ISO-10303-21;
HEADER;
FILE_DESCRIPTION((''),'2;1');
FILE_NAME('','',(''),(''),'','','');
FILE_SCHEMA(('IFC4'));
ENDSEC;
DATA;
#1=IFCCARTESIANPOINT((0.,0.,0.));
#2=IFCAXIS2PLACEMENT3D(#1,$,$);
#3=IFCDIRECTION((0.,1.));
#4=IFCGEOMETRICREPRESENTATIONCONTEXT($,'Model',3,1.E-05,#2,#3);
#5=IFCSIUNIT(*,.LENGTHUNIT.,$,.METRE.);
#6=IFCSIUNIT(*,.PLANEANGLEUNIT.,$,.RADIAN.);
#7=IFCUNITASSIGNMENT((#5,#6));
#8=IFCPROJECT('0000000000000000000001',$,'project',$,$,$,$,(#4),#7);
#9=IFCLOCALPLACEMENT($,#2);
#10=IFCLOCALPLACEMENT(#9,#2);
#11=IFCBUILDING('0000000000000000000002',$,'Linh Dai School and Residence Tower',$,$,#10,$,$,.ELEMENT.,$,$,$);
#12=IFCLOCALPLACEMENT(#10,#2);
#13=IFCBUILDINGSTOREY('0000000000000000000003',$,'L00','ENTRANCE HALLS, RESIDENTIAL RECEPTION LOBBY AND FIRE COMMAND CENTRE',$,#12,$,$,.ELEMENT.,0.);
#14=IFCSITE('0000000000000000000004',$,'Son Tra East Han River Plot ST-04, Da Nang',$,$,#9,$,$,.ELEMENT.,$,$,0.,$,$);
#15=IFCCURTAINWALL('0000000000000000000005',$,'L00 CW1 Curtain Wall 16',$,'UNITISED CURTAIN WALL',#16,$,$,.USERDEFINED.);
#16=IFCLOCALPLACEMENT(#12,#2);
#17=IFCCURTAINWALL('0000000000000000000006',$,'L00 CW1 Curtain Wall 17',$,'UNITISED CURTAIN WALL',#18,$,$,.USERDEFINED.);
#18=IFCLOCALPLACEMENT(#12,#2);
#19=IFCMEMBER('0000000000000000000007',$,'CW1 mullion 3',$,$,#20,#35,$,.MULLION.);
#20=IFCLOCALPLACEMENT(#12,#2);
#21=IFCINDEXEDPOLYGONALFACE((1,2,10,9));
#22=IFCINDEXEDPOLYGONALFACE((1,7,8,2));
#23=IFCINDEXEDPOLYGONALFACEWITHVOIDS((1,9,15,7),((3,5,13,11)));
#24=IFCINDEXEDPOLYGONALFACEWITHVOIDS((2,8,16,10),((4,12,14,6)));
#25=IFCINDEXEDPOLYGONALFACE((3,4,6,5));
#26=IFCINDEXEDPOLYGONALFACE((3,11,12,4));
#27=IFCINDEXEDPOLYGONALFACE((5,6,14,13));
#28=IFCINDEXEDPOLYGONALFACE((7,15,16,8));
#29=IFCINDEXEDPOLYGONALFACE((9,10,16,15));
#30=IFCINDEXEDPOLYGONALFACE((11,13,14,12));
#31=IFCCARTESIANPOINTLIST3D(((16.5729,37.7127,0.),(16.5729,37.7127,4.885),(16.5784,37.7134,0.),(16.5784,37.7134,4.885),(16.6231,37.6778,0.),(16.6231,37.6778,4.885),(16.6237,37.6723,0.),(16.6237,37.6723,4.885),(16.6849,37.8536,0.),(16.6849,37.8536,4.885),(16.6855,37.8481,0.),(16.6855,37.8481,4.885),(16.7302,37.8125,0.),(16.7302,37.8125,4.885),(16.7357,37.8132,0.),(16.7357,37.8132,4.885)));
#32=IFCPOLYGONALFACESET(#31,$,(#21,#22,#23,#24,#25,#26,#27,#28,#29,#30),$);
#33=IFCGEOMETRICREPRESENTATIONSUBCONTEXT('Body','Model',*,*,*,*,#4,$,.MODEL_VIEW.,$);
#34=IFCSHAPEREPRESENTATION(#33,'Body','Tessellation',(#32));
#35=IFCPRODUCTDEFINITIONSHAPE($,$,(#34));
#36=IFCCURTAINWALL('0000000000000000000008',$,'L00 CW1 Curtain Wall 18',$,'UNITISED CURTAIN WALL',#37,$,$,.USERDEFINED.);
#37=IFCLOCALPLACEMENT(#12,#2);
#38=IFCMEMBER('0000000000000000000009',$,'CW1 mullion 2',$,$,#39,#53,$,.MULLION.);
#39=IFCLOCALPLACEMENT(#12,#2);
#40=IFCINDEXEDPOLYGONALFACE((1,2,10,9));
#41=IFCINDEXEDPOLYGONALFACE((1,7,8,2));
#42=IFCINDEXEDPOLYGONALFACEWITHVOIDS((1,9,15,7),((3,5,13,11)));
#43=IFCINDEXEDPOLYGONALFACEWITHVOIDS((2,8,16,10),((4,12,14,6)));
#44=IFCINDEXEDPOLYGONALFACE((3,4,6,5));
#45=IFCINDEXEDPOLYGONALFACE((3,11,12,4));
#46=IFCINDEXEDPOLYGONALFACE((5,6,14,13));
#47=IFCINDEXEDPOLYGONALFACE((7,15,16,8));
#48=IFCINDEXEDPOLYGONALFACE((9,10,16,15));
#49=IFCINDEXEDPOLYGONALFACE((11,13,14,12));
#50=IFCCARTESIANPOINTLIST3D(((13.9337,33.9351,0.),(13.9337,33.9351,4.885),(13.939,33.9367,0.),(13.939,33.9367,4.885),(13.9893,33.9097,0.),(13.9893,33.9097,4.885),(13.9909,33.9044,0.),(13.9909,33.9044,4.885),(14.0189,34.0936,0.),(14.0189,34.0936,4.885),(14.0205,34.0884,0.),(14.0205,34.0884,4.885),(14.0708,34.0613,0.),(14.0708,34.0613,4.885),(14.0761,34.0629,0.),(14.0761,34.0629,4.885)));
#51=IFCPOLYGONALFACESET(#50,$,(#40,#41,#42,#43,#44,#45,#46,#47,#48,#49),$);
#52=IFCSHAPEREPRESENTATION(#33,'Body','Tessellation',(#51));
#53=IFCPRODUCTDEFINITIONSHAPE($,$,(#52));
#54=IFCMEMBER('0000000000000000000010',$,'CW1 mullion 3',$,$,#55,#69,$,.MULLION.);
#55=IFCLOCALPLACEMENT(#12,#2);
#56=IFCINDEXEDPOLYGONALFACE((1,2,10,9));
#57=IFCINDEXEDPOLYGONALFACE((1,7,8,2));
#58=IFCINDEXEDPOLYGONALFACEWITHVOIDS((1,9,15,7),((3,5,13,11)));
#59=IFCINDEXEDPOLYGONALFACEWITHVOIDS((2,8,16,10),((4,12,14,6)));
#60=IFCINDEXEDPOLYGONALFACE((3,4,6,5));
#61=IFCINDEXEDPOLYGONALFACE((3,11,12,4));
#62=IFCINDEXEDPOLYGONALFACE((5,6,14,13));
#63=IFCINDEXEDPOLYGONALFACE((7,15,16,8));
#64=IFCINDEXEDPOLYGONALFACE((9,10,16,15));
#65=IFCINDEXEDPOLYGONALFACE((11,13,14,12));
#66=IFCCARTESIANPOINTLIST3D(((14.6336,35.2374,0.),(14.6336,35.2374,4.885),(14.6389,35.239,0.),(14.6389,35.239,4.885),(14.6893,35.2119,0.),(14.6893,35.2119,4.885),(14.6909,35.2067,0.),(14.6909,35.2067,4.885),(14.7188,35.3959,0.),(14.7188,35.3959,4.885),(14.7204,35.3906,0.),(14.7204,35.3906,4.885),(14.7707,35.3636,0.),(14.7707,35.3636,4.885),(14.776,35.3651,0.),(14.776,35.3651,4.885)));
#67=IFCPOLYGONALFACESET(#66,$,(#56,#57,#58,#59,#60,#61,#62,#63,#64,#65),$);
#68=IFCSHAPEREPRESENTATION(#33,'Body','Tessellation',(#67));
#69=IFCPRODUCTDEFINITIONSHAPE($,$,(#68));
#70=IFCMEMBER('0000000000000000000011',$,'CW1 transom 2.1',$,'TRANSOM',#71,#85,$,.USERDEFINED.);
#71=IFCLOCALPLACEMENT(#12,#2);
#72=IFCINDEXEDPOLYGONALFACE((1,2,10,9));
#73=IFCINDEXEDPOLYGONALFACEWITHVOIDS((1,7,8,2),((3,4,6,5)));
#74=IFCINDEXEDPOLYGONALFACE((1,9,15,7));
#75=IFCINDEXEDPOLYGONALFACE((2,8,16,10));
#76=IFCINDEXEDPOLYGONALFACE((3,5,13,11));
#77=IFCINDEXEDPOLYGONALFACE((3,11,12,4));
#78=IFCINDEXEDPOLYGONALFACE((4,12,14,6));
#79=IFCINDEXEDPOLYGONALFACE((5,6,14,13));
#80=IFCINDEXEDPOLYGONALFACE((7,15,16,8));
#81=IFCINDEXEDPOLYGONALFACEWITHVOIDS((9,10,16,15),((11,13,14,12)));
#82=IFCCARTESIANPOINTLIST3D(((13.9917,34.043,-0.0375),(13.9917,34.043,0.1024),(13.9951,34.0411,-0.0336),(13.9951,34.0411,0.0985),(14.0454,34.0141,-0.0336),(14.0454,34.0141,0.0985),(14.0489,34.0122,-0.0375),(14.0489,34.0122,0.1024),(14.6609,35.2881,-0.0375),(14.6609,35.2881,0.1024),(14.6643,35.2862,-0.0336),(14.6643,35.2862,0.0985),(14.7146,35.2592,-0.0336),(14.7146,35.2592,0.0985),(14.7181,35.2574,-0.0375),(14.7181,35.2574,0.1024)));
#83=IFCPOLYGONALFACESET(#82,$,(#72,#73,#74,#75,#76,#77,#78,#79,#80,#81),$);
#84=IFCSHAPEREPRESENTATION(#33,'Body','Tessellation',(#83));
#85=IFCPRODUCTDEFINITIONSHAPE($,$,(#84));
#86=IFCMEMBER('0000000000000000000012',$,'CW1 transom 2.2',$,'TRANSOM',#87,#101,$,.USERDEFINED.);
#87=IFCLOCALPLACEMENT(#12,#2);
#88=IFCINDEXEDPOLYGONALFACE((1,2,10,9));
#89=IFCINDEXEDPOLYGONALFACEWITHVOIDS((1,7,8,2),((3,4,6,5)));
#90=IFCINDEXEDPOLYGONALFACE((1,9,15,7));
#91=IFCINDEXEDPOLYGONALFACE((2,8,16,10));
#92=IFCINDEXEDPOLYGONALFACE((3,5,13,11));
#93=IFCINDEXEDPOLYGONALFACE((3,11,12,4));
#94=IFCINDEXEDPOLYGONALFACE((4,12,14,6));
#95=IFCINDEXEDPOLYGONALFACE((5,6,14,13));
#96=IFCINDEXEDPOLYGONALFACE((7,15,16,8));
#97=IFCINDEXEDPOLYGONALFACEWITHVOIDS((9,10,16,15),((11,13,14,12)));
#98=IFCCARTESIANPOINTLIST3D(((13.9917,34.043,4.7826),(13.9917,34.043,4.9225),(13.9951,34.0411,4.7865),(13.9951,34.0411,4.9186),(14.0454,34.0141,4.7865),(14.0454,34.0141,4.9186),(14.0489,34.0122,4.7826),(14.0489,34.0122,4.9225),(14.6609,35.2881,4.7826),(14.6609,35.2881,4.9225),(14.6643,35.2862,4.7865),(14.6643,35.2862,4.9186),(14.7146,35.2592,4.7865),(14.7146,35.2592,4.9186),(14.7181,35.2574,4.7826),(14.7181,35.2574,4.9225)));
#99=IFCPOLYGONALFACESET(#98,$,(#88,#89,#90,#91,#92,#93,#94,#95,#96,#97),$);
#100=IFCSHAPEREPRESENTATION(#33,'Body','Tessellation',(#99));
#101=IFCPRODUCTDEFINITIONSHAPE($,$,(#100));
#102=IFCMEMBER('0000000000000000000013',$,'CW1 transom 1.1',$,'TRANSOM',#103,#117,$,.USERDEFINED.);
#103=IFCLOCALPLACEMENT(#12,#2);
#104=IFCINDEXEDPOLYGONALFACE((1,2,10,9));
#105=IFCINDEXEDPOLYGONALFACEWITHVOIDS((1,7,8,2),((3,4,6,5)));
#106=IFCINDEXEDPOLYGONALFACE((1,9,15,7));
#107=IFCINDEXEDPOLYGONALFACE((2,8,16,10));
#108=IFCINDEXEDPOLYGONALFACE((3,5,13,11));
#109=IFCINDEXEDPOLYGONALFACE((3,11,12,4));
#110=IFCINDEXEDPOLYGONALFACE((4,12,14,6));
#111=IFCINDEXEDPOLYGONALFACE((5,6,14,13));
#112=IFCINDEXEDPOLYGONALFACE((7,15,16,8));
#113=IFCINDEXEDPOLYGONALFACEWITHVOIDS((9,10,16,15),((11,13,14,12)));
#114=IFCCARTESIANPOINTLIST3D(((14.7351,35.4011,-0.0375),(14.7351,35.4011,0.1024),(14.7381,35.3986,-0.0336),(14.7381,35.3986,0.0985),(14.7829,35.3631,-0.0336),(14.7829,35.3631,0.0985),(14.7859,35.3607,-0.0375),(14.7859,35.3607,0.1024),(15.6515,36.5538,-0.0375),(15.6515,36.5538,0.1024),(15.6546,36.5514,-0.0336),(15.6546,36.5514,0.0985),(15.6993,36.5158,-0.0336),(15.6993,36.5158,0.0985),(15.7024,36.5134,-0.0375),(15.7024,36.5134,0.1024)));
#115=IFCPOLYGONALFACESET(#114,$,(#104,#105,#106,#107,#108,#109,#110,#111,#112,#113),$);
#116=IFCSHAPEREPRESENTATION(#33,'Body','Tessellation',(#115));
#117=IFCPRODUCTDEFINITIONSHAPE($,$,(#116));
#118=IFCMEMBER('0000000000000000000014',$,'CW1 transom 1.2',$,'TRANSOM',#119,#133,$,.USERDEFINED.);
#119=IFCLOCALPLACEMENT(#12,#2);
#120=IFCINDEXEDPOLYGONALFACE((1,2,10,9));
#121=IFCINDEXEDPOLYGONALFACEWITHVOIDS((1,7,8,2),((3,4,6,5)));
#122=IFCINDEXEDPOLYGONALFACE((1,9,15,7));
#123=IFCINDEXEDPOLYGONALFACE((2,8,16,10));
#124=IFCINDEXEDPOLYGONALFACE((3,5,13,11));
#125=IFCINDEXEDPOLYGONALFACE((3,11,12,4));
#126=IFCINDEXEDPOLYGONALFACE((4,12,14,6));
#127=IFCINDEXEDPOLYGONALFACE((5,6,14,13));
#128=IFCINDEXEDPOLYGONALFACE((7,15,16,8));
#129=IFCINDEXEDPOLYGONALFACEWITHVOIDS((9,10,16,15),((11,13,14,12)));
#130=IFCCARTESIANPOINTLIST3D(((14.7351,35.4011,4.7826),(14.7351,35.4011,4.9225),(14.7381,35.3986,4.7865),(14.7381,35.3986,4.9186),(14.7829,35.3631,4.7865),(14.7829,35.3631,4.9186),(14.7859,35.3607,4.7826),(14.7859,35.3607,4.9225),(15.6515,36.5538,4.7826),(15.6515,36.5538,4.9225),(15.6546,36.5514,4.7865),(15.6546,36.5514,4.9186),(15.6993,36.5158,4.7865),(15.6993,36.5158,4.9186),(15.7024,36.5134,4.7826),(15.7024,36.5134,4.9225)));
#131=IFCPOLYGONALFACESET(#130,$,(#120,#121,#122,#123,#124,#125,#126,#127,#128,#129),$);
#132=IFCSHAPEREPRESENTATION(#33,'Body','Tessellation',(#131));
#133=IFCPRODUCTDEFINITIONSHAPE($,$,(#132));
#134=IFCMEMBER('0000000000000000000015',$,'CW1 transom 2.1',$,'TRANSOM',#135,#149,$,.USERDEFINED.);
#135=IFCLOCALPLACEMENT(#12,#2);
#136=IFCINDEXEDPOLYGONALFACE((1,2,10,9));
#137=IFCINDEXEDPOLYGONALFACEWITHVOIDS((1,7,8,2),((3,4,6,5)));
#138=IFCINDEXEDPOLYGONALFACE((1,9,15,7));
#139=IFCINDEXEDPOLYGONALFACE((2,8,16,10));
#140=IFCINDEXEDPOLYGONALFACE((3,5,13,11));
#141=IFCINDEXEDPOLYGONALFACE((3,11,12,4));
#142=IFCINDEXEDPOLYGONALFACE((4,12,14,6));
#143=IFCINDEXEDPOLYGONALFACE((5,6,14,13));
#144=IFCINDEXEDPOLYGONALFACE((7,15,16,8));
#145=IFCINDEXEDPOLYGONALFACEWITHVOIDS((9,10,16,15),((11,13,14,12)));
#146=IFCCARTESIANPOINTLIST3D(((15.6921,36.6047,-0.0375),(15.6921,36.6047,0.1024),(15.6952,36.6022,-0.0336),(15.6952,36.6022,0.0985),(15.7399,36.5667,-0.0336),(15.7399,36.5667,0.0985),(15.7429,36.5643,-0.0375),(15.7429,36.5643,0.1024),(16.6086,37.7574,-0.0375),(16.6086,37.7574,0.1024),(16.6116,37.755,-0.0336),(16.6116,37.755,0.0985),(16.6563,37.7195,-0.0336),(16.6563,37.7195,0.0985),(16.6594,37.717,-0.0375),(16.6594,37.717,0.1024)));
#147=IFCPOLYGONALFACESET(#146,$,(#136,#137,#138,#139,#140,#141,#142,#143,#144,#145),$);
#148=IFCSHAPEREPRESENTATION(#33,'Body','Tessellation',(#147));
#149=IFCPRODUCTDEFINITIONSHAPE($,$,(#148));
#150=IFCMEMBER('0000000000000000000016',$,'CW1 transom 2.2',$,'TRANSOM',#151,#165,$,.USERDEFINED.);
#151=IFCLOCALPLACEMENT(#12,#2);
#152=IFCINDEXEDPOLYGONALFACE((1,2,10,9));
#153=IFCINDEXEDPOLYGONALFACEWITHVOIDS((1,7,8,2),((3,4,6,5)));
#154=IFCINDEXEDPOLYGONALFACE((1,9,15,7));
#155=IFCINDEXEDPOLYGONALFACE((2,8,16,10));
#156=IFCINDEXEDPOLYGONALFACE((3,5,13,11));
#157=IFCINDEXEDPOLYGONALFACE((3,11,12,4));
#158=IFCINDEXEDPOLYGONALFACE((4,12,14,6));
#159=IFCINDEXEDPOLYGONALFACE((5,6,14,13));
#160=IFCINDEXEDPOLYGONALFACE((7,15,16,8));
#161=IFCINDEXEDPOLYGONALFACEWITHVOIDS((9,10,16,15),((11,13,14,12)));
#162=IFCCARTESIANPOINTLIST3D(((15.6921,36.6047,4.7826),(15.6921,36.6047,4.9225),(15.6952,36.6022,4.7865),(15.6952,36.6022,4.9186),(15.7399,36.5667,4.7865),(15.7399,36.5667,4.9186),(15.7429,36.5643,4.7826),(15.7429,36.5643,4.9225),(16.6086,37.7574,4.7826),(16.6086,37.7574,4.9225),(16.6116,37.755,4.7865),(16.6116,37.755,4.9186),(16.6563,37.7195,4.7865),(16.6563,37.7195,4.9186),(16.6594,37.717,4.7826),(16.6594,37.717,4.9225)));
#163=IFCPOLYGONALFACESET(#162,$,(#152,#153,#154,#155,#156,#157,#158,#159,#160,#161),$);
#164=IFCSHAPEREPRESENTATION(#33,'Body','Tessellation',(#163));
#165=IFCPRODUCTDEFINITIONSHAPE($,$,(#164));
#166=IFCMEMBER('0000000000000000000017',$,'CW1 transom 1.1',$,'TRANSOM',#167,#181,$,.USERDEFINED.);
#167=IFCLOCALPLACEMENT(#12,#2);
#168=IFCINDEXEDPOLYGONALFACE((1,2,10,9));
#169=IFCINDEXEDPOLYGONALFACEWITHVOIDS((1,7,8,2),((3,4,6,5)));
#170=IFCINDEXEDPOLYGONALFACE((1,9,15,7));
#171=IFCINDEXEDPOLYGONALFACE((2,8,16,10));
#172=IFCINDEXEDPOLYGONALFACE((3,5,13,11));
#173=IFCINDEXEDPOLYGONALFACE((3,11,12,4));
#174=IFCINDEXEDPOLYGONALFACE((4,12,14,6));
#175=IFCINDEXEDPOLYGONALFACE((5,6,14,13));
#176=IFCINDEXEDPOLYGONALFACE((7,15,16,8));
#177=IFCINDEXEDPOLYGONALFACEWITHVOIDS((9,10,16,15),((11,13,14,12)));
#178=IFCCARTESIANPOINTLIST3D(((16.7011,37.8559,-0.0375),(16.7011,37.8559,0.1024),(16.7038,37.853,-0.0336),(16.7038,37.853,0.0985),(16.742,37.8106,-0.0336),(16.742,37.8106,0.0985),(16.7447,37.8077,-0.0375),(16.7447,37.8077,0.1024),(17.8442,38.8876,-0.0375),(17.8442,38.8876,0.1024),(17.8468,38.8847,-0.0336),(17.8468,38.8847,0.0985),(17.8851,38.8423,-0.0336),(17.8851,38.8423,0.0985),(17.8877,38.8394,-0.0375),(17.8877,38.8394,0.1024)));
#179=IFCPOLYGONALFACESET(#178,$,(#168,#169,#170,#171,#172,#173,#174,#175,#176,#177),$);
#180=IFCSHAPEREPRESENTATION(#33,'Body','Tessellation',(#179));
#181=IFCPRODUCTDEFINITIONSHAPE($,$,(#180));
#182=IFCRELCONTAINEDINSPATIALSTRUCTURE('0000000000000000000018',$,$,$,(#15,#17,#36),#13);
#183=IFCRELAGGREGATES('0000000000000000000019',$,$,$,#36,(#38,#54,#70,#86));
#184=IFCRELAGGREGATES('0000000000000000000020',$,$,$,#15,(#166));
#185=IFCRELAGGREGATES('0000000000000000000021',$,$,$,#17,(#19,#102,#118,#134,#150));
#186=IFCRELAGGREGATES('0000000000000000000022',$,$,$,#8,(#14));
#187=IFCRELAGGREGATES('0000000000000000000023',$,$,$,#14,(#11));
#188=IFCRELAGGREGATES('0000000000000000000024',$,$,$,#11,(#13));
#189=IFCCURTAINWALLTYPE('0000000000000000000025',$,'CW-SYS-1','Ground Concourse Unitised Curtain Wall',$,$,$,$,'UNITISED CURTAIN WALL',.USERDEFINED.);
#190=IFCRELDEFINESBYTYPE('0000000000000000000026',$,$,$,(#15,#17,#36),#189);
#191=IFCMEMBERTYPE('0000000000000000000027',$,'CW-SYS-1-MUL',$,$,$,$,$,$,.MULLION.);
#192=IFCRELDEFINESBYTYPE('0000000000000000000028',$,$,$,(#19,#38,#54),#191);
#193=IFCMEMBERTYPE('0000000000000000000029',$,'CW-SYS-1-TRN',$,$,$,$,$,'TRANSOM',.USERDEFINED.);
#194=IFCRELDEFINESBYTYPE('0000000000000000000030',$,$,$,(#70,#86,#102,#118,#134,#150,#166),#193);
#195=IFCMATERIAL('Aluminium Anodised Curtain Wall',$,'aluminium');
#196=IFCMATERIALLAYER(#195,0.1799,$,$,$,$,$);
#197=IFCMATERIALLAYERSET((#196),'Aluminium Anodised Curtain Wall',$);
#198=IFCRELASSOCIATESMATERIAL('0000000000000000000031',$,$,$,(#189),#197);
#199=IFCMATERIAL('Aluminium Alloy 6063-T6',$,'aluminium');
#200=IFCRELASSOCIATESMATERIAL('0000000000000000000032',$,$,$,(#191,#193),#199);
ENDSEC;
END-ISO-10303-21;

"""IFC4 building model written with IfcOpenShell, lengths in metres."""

from ifc_helpers import new_model, si_unit, direction, frame, origin, origin_2d, place, context, subcontext, project, spatial, hollow_rectangle, extrude, source, transform, mapped, material, layer, layer_set, material_profile, profile_set, type_object, element, aggregate, save


model = new_model("IFC4")

# Units and contexts
model_context = context("Model", 3, precision=1e-05, world=origin(), true_north=direction((0.0, 1.0)))
body_context = subcontext(model_context, "Body", "Model", "MODEL_VIEW")
ifc_project = project(units=[si_unit("LENGTHUNIT", "METRE"), si_unit("PLANEANGLEUNIT", "RADIAN")], contexts=[model_context])

# Site, building, storey
site_placement = place(None, origin())
site = spatial("IfcSite", under=ifc_project, at=site_placement, Name="Son Tra East Han River Plot ST-04, Da Nang", CompositionType="ELEMENT", RefElevation=0.0)
building_placement = place(site_placement, origin())
building = spatial("IfcBuilding", under=site, at=building_placement, Name="Linh Dai School and Residence Tower", CompositionType="ELEMENT")
storey_placement = place(building_placement, origin())
storey = spatial("IfcBuildingStorey", under=building, at=storey_placement, Name="L00", Description="ENTRANCE HALLS, RESIDENTIAL RECEPTION LOBBY AND FIRE COMMAND CENTRE", CompositionType="ELEMENT", Elevation=0.0)

# Curtain walls, members
ifc_material_1 = material(Name="Aluminium Anodised Curtain Wall", Category="aluminium")
ifc_layer_1 = layer(ifc_material_1, 0.1799)
ifc_layer_set_1 = layer_set([ifc_layer_1], Name="Aluminium Anodised Curtain Wall")
curtain_wall_type = type_object("IfcCurtainWallType", Name="CW-SYS-1", Description="Ground Concourse Unitised Curtain Wall", ElementType="UNITISED CURTAIN WALL", PredefinedType="USERDEFINED", material=ifc_layer_set_1)
curtain_wall_1_placement = place(storey_placement, origin())
curtain_wall_1 = element("IfcCurtainWall", 1, at=curtain_wall_1_placement, inside=storey, type_object=curtain_wall_type, Name="L00 CW1 Curtain Wall 16", ObjectType="UNITISED CURTAIN WALL", PredefinedType="USERDEFINED")
ifc_material_2 = material(Name="Aluminium Alloy 6063-T6", Category="aluminium")
ifc_material_profile_1 = material_profile(ifc_material_2, hollow_rectangle(XDim=0.0649, YDim=0.1799, WallThickness=0.0039, at=origin_2d()), Name="RHS 180x65x4")
ifc_profile_set_1 = profile_set([ifc_material_profile_1], Name="Aluminium Alloy 6063-T6")
member_type_1 = type_object("IfcMemberType", Name="CW-SYS-1-MUL", PredefinedType="MULLION", material=ifc_profile_set_1)
shared_shape_1 = source(origin(), body_context, "Body", "SweptSolid", [
    extrude(hollow_rectangle(XDim=0.0649, YDim=0.1799, WallThickness=0.0039, at=origin_2d()), origin(), (0.0, 0.0, 1.0), 4.885),
])
curtain_wall_2_placement = place(storey_placement, origin())
curtain_wall_2 = element("IfcCurtainWall", 2, at=curtain_wall_2_placement, inside=storey, type_object=curtain_wall_type, Name="L00 CW1 Curtain Wall 17", ObjectType="UNITISED CURTAIN WALL", PredefinedType="USERDEFINED")
member_1_placement = place(storey_placement, frame((16.6543, 37.7629, 0.0), z_axis=(0.0, 0.0, 1.0), x_axis=(-0.782771, 0.62231, 0.0)))
member_1 = element("IfcMember", 3, at=member_1_placement, type_object=member_type_1, Name="CW1 mullion 3", PredefinedType="MULLION", context=body_context, shape_type="MappedRepresentation", body=[
    mapped(shared_shape_1, transform((0.0, 0.0, 0.0), x_axis=(1.0, 0.0, 0.0), y_axis=(0.0, 1.0, 0.0), z_axis=(0.0, 0.0, 1.0), scale=1.0)),
])
curtain_wall_3_placement = place(storey_placement, origin())
curtain_wall_3 = element("IfcCurtainWall", 4, at=curtain_wall_3_placement, inside=storey, type_object=curtain_wall_type, Name="L00 CW1 Curtain Wall 18", ObjectType="UNITISED CURTAIN WALL", PredefinedType="USERDEFINED")
member_2_placement = place(storey_placement, frame((14.0049, 33.999, 0.0), z_axis=(0.0, 0.0, 1.0), x_axis=(-0.880872, 0.473355, 0.0)))
member_2 = element("IfcMember", 5, at=member_2_placement, type_object=member_type_1, Name="CW1 mullion 2", PredefinedType="MULLION", context=body_context, shape_type="MappedRepresentation", body=[
    mapped(shared_shape_1, transform((0.0, 0.0, 0.0), x_axis=(1.0, 0.0, 0.0), y_axis=(0.0, 1.0, 0.0), z_axis=(0.0, 0.0, 1.0), scale=1.0)),
])
member_3_placement = place(storey_placement, frame((14.7048, 35.3013, 0.0), z_axis=(0.0, 0.0, 1.0), x_axis=(-0.880872, 0.473355, 0.0)))
member_3 = element("IfcMember", 6, at=member_3_placement, type_object=member_type_1, Name="CW1 mullion 3", PredefinedType="MULLION", context=body_context, shape_type="MappedRepresentation", body=[
    mapped(shared_shape_1, transform((0.0, 0.0, 0.0), x_axis=(1.0, 0.0, 0.0), y_axis=(0.0, 1.0, 0.0), z_axis=(0.0, 0.0, 1.0), scale=1.0)),
])
ifc_material_profile_2 = material_profile(ifc_material_2, hollow_rectangle(XDim=0.0649, YDim=0.1399, WallThickness=0.0039, at=origin_2d()), Name="RHS 140x65x4")
ifc_profile_set_2 = profile_set([ifc_material_profile_2], Name="Aluminium Alloy 6063-T6")
member_type_2 = type_object("IfcMemberType", Name="CW-SYS-1-TRN", ElementType="TRANSOM", PredefinedType="USERDEFINED", material=ifc_profile_set_2)
shared_shape_2 = source(origin(), body_context, "Body", "SweptSolid", [
    extrude(hollow_rectangle(XDim=0.0649, YDim=0.1399, WallThickness=0.0039, at=origin_2d()), origin(), (0.0, 0.0, 1.0), 1.4136),
])
member_4_placement = place(storey_placement, frame((14.0203, 34.0276, 0.0325), z_axis=(0.47341, 0.880842, 0.0), x_axis=(-0.880842, 0.47341, 0.0)))
member_4 = element("IfcMember", 7, at=member_4_placement, type_object=member_type_2, Name="CW1 transom 2.1", ObjectType="TRANSOM", PredefinedType="USERDEFINED", context=body_context, shape_type="MappedRepresentation", body=[
    mapped(shared_shape_2, transform((0.0, 0.0, 0.0), x_axis=(1.0, 0.0, 0.0), y_axis=(0.0, 1.0, 0.0), z_axis=(0.0, 0.0, 1.0), scale=1.0)),
])
member_5_placement = place(storey_placement, frame((14.0203, 34.0276, 4.8525), z_axis=(0.47341, 0.880842, 0.0), x_axis=(-0.880842, 0.47341, 0.0)))
member_5 = element("IfcMember", 8, at=member_5_placement, type_object=member_type_2, Name="CW1 transom 2.2", ObjectType="TRANSOM", PredefinedType="USERDEFINED", context=body_context, shape_type="MappedRepresentation", body=[
    mapped(shared_shape_2, transform((0.0, 0.0, 0.0), x_axis=(1.0, 0.0, 0.0), y_axis=(0.0, 1.0, 0.0), z_axis=(0.0, 0.0, 1.0), scale=1.0)),
])

# Members
shared_shape_3 = source(origin(), body_context, "Body", "SweptSolid", [
    extrude(hollow_rectangle(XDim=0.0649, YDim=0.1399, WallThickness=0.0039, at=origin_2d()), origin(), (0.0, 0.0, 1.0), 1.4727),
])
member_6_placement = place(storey_placement, frame((14.7605, 35.3809, 0.0325), z_axis=(0.622307, 0.782774, 0.0), x_axis=(-0.782774, 0.622307, 0.0)))
member_6 = element("IfcMember", 9, at=member_6_placement, type_object=member_type_2, Name="CW1 transom 1.1", ObjectType="TRANSOM", PredefinedType="USERDEFINED", context=body_context, shape_type="MappedRepresentation", body=[
    mapped(shared_shape_3, transform((0.0, 0.0, 0.0), x_axis=(1.0, 0.0, 0.0), y_axis=(0.0, 1.0, 0.0), z_axis=(0.0, 0.0, 1.0), scale=1.0)),
])
member_7_placement = place(storey_placement, frame((14.7605, 35.3809, 4.8525), z_axis=(0.622307, 0.782774, 0.0), x_axis=(-0.782774, 0.622307, 0.0)))
member_7 = element("IfcMember", 10, at=member_7_placement, type_object=member_type_2, Name="CW1 transom 1.2", ObjectType="TRANSOM", PredefinedType="USERDEFINED", context=body_context, shape_type="MappedRepresentation", body=[
    mapped(shared_shape_3, transform((0.0, 0.0, 0.0), x_axis=(1.0, 0.0, 0.0), y_axis=(0.0, 1.0, 0.0), z_axis=(0.0, 0.0, 1.0), scale=1.0)),
])
member_8_placement = place(storey_placement, frame((15.7175, 36.5845, 0.0325), z_axis=(0.622307, 0.782774, 0.0), x_axis=(-0.782774, 0.622307, 0.0)))
member_8 = element("IfcMember", 11, at=member_8_placement, type_object=member_type_2, Name="CW1 transom 2.1", ObjectType="TRANSOM", PredefinedType="USERDEFINED", context=body_context, shape_type="MappedRepresentation", body=[
    mapped(shared_shape_3, transform((0.0, 0.0, 0.0), x_axis=(1.0, 0.0, 0.0), y_axis=(0.0, 1.0, 0.0), z_axis=(0.0, 0.0, 1.0), scale=1.0)),
])
member_9_placement = place(storey_placement, frame((15.7175, 36.5845, 4.8525), z_axis=(0.622307, 0.782774, 0.0), x_axis=(-0.782774, 0.622307, 0.0)))
member_9 = element("IfcMember", 12, at=member_9_placement, type_object=member_type_2, Name="CW1 transom 2.2", ObjectType="TRANSOM", PredefinedType="USERDEFINED", context=body_context, shape_type="MappedRepresentation", body=[
    mapped(shared_shape_3, transform((0.0, 0.0, 0.0), x_axis=(1.0, 0.0, 0.0), y_axis=(0.0, 1.0, 0.0), z_axis=(0.0, 0.0, 1.0), scale=1.0)),
])
shared_shape_4 = source(origin(), body_context, "Body", "SweptSolid", [
    extrude(hollow_rectangle(XDim=0.0649, YDim=0.1399, WallThickness=0.0039, at=origin_2d()), origin(), (0.0, 0.0, 1.0), 1.5398),
])
member_10_placement = place(storey_placement, frame((16.7229, 37.8318, 0.0325), z_axis=(0.742332, 0.670033, 0.0), x_axis=(-0.670033, 0.742332, 0.0)))
member_10 = element("IfcMember", 13, at=member_10_placement, type_object=member_type_2, Name="CW1 transom 1.1", ObjectType="TRANSOM", PredefinedType="USERDEFINED", context=body_context, shape_type="MappedRepresentation", body=[
    mapped(shared_shape_4, transform((0.0, 0.0, 0.0), x_axis=(1.0, 0.0, 0.0), y_axis=(0.0, 1.0, 0.0), z_axis=(0.0, 0.0, 1.0), scale=1.0)),
])

aggregate(curtain_wall_3, [member_2, member_3, member_4, member_5])
aggregate(curtain_wall_1, [member_10])
aggregate(curtain_wall_2, [member_1, member_6, member_7, member_8, member_9])

save(model, "model.ifc")
